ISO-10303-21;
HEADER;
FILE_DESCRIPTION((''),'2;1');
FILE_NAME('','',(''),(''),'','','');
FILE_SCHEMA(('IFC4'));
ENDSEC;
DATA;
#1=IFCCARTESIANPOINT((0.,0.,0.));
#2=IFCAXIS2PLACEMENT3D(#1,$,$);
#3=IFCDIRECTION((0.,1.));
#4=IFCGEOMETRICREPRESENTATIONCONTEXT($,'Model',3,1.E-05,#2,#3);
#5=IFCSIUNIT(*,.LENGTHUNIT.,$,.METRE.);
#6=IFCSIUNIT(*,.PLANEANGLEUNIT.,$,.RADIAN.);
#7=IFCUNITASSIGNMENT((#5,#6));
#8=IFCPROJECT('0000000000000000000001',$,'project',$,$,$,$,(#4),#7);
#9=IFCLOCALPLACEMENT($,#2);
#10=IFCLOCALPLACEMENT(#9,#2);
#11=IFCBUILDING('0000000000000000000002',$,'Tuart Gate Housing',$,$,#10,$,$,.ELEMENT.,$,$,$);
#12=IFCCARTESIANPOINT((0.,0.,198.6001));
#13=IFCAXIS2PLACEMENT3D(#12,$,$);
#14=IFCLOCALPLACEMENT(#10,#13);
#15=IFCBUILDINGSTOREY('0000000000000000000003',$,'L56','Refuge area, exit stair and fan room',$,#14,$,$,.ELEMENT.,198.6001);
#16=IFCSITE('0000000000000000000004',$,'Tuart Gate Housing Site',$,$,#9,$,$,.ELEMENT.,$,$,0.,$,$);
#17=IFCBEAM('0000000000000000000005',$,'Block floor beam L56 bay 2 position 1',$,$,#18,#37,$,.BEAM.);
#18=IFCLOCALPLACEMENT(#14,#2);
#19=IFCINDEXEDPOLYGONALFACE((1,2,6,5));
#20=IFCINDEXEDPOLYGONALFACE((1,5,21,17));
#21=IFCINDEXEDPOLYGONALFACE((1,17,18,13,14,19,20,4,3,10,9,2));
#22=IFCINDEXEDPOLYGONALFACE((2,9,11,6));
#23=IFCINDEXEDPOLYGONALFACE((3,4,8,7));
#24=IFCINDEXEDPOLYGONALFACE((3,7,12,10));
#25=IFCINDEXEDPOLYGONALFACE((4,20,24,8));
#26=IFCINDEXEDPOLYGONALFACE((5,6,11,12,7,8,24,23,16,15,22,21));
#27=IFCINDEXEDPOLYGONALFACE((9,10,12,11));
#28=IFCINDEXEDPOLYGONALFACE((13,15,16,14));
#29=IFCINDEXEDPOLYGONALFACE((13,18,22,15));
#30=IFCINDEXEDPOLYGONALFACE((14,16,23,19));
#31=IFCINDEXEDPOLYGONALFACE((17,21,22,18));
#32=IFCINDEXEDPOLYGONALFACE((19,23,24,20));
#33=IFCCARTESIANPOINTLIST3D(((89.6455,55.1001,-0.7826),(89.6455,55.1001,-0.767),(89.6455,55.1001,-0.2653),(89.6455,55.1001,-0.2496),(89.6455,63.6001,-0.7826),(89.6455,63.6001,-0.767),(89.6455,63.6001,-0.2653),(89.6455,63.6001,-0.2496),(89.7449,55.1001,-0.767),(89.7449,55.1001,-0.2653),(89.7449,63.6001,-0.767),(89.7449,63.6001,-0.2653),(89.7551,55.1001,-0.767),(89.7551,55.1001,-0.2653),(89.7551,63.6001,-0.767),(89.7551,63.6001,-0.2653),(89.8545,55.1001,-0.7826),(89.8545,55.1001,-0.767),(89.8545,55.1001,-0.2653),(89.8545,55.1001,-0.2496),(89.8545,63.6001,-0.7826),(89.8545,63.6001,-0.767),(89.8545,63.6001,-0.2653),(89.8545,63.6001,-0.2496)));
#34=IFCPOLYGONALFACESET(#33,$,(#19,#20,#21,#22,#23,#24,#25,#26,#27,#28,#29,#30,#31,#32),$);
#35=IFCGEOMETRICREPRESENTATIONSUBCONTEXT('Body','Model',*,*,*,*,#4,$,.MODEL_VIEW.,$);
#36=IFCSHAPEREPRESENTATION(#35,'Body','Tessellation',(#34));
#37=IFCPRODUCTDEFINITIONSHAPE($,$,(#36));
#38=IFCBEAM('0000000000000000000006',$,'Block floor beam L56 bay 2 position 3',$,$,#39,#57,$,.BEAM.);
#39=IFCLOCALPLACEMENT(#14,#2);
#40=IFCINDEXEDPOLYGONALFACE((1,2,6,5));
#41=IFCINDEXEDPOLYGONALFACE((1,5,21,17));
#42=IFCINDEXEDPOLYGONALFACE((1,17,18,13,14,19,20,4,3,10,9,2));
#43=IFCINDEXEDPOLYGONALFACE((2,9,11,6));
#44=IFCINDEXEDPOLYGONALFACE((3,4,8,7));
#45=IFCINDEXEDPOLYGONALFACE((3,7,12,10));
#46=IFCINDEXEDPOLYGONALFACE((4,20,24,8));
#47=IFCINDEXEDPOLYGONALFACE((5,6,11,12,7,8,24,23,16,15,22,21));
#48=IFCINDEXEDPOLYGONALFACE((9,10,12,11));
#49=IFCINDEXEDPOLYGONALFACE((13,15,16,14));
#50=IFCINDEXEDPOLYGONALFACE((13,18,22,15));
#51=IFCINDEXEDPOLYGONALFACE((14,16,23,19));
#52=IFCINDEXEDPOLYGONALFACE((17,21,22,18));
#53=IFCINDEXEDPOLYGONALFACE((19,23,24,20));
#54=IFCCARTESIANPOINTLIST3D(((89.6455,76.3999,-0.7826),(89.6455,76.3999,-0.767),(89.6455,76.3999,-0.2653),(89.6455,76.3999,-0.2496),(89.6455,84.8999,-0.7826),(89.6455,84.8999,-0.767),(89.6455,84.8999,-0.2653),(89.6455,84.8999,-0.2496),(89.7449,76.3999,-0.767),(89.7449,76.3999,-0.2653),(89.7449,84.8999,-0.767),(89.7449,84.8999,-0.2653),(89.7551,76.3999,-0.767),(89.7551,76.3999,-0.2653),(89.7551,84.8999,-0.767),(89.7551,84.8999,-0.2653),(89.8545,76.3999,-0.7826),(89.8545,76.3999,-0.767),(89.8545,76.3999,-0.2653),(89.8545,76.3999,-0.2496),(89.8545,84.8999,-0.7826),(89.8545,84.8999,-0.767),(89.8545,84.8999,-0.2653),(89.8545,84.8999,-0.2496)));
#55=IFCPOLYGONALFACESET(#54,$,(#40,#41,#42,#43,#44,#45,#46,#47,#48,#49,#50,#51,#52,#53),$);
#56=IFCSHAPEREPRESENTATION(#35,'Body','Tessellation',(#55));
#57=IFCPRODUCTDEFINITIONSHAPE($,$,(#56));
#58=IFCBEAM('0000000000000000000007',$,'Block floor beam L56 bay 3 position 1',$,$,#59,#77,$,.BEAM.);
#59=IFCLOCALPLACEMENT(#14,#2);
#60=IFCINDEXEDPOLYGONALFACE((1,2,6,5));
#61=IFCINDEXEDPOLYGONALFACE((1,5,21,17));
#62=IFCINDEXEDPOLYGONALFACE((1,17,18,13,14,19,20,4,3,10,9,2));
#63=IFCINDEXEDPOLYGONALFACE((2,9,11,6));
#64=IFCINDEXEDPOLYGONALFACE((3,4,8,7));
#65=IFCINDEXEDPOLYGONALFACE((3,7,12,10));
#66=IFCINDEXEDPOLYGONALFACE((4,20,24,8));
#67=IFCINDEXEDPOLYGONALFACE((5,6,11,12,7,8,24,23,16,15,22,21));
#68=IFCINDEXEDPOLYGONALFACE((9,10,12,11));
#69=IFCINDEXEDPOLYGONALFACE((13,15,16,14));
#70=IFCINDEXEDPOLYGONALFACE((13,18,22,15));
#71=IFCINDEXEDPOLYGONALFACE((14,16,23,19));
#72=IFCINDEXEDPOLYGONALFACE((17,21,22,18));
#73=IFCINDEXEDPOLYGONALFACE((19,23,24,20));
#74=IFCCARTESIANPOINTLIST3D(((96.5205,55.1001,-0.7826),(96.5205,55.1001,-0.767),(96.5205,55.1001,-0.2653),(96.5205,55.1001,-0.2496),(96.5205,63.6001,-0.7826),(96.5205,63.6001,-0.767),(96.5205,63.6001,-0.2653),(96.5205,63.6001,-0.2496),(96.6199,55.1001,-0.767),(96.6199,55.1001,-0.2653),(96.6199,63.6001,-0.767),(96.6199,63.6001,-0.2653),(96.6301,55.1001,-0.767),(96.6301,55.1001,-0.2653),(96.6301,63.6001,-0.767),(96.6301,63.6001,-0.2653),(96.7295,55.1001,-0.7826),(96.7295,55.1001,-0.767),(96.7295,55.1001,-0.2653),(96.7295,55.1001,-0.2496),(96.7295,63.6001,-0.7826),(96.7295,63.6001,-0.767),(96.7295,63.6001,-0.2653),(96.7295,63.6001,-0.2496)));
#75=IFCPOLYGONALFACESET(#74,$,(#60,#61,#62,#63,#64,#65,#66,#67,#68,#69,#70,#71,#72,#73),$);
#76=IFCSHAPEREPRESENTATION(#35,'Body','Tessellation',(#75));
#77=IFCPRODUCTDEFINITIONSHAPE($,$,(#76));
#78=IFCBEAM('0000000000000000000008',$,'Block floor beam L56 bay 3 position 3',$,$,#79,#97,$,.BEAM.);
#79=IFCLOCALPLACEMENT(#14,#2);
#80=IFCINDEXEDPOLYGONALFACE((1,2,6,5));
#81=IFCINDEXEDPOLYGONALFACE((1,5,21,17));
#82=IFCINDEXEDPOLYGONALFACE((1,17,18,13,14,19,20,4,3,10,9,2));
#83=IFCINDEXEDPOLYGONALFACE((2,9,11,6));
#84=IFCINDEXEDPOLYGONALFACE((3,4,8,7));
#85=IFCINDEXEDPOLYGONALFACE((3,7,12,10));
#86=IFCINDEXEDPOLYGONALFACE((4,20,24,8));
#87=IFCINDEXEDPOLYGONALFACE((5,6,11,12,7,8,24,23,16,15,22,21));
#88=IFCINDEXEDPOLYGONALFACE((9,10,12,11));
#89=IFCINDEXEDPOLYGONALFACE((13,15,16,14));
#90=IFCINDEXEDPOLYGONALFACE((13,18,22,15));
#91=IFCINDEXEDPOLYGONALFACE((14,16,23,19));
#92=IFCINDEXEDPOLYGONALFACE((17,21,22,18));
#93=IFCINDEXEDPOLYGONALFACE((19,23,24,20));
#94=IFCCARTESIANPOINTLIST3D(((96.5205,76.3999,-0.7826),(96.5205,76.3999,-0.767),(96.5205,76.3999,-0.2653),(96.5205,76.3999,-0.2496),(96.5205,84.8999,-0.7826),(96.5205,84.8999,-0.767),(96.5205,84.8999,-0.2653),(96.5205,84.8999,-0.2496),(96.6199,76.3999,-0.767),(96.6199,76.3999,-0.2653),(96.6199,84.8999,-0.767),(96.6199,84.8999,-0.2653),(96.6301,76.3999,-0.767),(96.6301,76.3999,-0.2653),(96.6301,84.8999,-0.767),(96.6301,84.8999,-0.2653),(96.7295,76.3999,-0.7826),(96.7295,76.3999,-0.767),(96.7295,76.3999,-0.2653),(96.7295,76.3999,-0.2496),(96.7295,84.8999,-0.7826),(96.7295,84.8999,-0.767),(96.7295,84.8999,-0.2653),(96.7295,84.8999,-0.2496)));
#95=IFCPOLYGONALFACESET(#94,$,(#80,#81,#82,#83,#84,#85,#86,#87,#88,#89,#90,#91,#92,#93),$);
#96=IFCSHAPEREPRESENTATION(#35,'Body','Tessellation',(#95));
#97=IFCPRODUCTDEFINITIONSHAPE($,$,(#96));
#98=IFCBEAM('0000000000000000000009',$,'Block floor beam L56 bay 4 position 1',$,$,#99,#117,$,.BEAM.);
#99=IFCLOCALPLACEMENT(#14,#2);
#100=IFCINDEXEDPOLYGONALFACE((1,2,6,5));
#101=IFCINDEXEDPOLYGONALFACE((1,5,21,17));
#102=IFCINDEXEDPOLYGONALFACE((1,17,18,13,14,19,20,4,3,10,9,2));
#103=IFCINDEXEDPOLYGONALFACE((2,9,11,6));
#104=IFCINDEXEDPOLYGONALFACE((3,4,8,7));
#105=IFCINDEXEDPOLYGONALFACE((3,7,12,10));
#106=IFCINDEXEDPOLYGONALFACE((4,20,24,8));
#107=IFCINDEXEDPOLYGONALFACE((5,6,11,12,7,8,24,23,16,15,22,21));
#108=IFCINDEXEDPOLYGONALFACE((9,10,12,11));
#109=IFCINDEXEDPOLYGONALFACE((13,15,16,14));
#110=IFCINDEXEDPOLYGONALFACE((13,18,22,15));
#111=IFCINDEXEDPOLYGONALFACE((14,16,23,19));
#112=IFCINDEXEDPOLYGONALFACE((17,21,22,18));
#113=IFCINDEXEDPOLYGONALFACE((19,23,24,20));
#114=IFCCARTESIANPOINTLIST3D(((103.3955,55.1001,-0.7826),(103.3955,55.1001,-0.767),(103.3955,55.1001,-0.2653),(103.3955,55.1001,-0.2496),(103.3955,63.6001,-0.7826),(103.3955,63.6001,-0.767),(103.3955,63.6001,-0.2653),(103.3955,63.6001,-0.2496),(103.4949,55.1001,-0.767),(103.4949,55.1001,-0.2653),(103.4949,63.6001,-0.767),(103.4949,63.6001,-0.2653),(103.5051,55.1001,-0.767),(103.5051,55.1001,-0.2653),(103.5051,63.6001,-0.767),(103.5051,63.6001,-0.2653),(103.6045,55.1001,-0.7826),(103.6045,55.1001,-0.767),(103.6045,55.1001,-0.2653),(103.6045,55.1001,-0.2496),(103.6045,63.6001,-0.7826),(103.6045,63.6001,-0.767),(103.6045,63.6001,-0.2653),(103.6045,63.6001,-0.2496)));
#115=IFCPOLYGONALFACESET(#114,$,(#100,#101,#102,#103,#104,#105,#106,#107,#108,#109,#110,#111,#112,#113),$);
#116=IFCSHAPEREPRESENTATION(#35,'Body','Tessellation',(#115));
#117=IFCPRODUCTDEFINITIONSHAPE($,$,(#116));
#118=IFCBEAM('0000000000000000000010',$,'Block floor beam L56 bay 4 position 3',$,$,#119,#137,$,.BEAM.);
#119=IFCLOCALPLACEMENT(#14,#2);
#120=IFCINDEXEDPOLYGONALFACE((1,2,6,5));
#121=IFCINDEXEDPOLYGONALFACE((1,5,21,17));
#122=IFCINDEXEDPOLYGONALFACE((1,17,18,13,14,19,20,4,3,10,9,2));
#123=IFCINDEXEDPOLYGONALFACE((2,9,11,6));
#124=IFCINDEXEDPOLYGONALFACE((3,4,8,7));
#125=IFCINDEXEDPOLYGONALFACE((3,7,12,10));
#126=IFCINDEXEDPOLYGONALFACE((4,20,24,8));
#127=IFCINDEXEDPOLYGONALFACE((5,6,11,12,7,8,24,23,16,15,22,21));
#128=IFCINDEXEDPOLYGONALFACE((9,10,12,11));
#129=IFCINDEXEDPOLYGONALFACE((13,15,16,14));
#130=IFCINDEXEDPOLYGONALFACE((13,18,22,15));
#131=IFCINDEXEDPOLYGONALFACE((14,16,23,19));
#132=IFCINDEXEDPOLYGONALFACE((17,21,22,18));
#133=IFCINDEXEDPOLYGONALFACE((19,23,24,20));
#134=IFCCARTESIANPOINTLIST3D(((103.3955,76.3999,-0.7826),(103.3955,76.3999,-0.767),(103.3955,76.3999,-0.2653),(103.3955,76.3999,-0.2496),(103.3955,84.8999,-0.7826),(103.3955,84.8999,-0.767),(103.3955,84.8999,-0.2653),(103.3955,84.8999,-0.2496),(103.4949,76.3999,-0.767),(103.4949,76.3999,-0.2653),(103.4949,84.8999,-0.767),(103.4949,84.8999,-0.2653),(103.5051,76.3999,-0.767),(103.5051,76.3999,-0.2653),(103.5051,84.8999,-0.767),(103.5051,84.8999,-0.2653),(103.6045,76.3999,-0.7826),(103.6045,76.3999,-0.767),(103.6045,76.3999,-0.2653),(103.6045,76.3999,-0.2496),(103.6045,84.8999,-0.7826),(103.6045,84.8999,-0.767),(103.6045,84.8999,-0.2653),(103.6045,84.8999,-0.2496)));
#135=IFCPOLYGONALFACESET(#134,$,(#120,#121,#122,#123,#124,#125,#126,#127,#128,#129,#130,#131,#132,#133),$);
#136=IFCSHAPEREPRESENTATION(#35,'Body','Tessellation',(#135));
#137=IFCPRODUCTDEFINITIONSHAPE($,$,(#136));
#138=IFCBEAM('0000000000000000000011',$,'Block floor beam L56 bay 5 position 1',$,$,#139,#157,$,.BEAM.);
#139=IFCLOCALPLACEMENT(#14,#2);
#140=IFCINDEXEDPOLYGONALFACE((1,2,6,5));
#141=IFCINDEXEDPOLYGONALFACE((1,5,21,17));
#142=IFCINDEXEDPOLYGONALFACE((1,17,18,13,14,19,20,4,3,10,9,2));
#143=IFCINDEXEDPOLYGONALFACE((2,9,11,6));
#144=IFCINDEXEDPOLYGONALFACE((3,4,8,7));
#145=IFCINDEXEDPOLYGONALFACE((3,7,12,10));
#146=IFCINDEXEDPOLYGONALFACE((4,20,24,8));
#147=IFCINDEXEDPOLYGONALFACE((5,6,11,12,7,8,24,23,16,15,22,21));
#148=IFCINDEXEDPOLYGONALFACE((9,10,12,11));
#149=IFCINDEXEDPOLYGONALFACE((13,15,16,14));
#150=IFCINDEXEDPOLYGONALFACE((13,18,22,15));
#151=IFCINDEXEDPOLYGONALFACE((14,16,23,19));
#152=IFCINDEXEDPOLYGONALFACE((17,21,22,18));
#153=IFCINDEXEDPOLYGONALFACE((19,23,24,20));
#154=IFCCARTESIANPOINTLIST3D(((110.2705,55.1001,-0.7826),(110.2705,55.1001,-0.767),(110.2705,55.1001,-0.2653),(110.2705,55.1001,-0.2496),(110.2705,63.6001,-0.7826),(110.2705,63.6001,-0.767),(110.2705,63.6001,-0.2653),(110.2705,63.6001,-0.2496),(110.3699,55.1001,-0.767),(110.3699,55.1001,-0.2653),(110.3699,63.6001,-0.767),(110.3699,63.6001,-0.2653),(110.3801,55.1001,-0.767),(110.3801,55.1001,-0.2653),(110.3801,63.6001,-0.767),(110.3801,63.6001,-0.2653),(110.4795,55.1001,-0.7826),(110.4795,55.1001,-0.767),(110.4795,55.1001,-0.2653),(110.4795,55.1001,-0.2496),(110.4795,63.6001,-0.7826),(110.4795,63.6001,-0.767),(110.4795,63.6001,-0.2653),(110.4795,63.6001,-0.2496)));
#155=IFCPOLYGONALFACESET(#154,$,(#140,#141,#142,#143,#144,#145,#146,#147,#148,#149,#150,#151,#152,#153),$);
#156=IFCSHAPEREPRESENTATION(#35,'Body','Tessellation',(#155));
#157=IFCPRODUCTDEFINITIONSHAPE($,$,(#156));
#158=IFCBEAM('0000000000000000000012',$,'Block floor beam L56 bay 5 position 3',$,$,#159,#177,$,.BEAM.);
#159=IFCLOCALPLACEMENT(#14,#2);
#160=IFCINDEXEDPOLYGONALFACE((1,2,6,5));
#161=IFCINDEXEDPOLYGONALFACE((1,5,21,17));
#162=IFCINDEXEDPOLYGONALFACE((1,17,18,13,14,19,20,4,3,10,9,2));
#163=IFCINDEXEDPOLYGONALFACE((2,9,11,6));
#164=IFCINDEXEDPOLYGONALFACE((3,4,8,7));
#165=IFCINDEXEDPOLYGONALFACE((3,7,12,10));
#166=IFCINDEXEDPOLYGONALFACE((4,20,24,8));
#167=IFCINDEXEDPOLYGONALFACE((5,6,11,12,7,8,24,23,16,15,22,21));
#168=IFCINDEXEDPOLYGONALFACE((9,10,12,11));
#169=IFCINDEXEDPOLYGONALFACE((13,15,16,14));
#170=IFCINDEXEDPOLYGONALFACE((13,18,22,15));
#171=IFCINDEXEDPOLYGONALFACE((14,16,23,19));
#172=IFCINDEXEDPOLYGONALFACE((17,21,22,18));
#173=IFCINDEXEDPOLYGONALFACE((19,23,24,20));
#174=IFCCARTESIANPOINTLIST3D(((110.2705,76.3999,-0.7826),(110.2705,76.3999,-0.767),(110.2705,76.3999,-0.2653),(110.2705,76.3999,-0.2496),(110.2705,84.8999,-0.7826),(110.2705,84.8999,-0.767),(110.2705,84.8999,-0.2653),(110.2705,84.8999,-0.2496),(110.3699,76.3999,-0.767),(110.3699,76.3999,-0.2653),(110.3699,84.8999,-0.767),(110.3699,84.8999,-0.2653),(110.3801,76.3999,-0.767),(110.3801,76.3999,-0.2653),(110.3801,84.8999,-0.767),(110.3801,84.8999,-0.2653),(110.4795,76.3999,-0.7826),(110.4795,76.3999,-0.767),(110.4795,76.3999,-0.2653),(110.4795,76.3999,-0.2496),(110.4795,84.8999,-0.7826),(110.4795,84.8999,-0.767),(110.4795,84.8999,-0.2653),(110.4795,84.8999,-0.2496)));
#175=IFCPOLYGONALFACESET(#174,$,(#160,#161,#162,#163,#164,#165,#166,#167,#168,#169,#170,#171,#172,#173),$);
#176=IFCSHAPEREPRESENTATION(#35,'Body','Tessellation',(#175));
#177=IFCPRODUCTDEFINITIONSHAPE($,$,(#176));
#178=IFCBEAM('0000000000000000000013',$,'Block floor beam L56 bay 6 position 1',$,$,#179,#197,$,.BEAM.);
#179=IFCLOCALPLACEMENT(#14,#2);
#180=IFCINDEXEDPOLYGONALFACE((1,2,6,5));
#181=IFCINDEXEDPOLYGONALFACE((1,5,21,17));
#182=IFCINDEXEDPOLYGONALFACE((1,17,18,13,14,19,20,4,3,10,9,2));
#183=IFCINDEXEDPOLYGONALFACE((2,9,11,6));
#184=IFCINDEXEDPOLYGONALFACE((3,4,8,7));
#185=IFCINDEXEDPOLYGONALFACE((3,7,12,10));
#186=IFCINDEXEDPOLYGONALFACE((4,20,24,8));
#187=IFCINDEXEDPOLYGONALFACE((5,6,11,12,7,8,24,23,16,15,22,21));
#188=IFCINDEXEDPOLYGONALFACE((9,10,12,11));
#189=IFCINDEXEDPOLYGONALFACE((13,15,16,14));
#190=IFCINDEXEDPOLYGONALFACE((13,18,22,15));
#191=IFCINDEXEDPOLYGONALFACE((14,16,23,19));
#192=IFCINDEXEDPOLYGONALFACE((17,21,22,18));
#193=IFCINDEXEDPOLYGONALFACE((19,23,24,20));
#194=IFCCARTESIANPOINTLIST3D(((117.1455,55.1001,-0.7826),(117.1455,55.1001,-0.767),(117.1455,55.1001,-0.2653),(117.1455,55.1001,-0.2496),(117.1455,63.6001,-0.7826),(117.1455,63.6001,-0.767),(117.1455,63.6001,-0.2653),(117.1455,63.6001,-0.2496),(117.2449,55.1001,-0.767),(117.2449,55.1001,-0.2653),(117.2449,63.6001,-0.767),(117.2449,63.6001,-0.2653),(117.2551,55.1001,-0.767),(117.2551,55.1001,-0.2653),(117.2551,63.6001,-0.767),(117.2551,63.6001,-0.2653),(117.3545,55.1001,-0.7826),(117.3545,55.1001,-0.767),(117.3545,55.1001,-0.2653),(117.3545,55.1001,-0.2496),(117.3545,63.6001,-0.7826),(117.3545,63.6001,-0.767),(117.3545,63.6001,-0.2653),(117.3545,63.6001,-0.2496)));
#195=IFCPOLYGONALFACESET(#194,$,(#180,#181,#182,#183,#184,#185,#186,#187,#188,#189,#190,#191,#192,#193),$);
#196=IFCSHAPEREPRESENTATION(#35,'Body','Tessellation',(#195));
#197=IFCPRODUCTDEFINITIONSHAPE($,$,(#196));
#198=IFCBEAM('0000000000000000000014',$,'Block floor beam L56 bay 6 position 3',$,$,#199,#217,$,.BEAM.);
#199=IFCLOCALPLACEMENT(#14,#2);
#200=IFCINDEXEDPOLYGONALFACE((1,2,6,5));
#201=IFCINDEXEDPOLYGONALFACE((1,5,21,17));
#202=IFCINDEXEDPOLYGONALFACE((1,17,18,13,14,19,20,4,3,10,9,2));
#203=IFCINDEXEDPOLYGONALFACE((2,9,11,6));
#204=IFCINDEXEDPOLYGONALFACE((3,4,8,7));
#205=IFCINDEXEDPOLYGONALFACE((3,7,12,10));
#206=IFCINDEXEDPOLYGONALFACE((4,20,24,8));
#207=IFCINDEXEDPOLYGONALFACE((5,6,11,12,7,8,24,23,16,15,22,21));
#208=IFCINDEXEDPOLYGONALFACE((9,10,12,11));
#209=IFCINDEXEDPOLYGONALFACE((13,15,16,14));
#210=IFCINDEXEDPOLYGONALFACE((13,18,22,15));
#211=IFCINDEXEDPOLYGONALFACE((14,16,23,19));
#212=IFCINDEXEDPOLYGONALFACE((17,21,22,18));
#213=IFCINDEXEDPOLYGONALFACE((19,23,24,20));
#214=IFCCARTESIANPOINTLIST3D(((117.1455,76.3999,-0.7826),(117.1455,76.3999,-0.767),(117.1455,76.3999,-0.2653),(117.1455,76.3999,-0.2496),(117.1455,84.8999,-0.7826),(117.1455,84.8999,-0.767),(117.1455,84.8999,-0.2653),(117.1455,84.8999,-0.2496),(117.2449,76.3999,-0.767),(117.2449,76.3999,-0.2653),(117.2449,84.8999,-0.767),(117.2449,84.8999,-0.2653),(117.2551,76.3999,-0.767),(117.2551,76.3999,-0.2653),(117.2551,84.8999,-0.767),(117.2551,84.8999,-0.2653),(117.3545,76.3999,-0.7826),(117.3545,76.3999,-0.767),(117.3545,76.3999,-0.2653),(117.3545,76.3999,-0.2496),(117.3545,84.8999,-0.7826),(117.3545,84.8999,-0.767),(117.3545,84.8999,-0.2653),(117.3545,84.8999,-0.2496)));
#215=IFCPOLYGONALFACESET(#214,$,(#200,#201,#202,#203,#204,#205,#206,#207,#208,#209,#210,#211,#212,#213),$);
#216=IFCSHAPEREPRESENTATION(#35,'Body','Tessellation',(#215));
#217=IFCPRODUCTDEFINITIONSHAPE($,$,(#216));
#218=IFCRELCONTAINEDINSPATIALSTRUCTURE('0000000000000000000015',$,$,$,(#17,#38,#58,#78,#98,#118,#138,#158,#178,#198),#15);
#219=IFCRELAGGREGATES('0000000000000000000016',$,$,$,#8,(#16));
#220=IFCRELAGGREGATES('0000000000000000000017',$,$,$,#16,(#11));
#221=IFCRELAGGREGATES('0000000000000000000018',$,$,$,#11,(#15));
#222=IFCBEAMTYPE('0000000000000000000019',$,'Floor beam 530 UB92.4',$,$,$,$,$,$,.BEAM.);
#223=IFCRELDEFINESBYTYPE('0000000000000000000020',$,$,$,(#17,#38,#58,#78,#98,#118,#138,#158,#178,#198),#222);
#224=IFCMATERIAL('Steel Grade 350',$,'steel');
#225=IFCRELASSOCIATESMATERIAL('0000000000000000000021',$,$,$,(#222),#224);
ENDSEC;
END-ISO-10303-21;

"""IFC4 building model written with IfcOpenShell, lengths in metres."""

from ifc_helpers import new_model, si_unit, direction, frame, origin, origin_2d, place, context, subcontext, project, spatial, i_section, extrude, material, material_profile, profile_set, type_object, element, save


model = new_model("IFC4")

# Units and contexts
model_context = context("Model", 3, precision=1e-05, world=origin(), true_north=direction((0.0, 1.0)))
body_context = subcontext(model_context, "Body", "Model", "MODEL_VIEW")
ifc_project = project(units=[si_unit("LENGTHUNIT", "METRE"), si_unit("PLANEANGLEUNIT", "RADIAN")], contexts=[model_context])

# Site, building, storey
site_placement = place(None, origin())
site = spatial("IfcSite", under=ifc_project, at=site_placement, Name="Tuart Gate Housing Site", CompositionType="ELEMENT", RefElevation=0.0)
building_placement = place(site_placement, origin())
building = spatial("IfcBuilding", under=site, at=building_placement, Name="Tuart Gate Housing", CompositionType="ELEMENT")
storey_placement = place(building_placement, frame((0.0, 0.0, 198.6001)))
storey = spatial("IfcBuildingStorey", under=building, at=storey_placement, Name="L56", Description="Refuge area, exit stair and fan room", CompositionType="ELEMENT", Elevation=198.6001)

# Beams
ifc_material_1 = material(Name="Steel Grade 350", Category="steel")
ifc_material_profile_1 = material_profile(ifc_material_1, i_section(OverallWidth=0.209, OverallDepth=0.533, WebThickness=0.0103, FlangeThickness=0.0156, at=origin_2d()), Name="530UB92.4")
ifc_profile_set_1 = profile_set([ifc_material_profile_1], Name="Steel Grade 350")
beam_type_1 = type_object("IfcBeamType", Name="Floor beam 530 UB92.4", PredefinedType="BEAM", material=ifc_profile_set_1)
for number, where, z_axis, x_axis, name in (
    (1, (89.75, 55.1001, -0.5161), (0.0, 1.0, 0.0), (-1.0, 0.0, 0.0), "Block floor beam L56 bay 2 position 1"),
    (2, (89.75, 76.3999, -0.5161), (0.0, 1.0, 0.0), (-1.0, 0.0, 0.0), "Block floor beam L56 bay 2 position 3"),
    (3, (96.625, 55.1001, -0.5161), (0.0, 1.0, 0.0), (-1.0, 0.0, 0.0), "Block floor beam L56 bay 3 position 1"),
    (4, (96.625, 76.3999, -0.5161), (0.0, 1.0, 0.0), (-1.0, 0.0, 0.0), "Block floor beam L56 bay 3 position 3"),
    (5, (103.5, 55.1001, -0.5161), (0.0, 1.0, 0.0), (-1.0, 0.0, 0.0), "Block floor beam L56 bay 4 position 1"),
    (6, (103.5, 76.3999, -0.5161), (0.0, 1.0, 0.0), (-1.0, 0.0, 0.0), "Block floor beam L56 bay 4 position 3"),
    (7, (110.375, 55.1001, -0.5161), (0.0, 1.0, 0.0), (-1.0, 0.0, 0.0), "Block floor beam L56 bay 5 position 1"),
    (8, (110.375, 76.3999, -0.5161), (0.0, 1.0, 0.0), (-1.0, 0.0, 0.0), "Block floor beam L56 bay 5 position 3"),
    (9, (117.25, 55.1001, -0.5161), (0.0, 1.0, 0.0), (-1.0, 0.0, 0.0), "Block floor beam L56 bay 6 position 1"),
    (10, (117.25, 76.3999, -0.5161), (0.0, 1.0, 0.0), (-1.0, 0.0, 0.0), "Block floor beam L56 bay 6 position 3"),
):
    element("IfcBeam", number, at=place(storey_placement, frame(where, z_axis=z_axis, x_axis=x_axis)), inside=storey, type_object=beam_type_1, Name=name, PredefinedType="BEAM", context=body_context, shape_type="SweptSolid", body=[
        extrude(i_section(OverallWidth=0.209, OverallDepth=0.533, WebThickness=0.0103, FlangeThickness=0.0156, at=origin_2d()), origin(), (0.0, 0.0, 1.0), 8.5),
    ])

save(model, "model.ifc")
